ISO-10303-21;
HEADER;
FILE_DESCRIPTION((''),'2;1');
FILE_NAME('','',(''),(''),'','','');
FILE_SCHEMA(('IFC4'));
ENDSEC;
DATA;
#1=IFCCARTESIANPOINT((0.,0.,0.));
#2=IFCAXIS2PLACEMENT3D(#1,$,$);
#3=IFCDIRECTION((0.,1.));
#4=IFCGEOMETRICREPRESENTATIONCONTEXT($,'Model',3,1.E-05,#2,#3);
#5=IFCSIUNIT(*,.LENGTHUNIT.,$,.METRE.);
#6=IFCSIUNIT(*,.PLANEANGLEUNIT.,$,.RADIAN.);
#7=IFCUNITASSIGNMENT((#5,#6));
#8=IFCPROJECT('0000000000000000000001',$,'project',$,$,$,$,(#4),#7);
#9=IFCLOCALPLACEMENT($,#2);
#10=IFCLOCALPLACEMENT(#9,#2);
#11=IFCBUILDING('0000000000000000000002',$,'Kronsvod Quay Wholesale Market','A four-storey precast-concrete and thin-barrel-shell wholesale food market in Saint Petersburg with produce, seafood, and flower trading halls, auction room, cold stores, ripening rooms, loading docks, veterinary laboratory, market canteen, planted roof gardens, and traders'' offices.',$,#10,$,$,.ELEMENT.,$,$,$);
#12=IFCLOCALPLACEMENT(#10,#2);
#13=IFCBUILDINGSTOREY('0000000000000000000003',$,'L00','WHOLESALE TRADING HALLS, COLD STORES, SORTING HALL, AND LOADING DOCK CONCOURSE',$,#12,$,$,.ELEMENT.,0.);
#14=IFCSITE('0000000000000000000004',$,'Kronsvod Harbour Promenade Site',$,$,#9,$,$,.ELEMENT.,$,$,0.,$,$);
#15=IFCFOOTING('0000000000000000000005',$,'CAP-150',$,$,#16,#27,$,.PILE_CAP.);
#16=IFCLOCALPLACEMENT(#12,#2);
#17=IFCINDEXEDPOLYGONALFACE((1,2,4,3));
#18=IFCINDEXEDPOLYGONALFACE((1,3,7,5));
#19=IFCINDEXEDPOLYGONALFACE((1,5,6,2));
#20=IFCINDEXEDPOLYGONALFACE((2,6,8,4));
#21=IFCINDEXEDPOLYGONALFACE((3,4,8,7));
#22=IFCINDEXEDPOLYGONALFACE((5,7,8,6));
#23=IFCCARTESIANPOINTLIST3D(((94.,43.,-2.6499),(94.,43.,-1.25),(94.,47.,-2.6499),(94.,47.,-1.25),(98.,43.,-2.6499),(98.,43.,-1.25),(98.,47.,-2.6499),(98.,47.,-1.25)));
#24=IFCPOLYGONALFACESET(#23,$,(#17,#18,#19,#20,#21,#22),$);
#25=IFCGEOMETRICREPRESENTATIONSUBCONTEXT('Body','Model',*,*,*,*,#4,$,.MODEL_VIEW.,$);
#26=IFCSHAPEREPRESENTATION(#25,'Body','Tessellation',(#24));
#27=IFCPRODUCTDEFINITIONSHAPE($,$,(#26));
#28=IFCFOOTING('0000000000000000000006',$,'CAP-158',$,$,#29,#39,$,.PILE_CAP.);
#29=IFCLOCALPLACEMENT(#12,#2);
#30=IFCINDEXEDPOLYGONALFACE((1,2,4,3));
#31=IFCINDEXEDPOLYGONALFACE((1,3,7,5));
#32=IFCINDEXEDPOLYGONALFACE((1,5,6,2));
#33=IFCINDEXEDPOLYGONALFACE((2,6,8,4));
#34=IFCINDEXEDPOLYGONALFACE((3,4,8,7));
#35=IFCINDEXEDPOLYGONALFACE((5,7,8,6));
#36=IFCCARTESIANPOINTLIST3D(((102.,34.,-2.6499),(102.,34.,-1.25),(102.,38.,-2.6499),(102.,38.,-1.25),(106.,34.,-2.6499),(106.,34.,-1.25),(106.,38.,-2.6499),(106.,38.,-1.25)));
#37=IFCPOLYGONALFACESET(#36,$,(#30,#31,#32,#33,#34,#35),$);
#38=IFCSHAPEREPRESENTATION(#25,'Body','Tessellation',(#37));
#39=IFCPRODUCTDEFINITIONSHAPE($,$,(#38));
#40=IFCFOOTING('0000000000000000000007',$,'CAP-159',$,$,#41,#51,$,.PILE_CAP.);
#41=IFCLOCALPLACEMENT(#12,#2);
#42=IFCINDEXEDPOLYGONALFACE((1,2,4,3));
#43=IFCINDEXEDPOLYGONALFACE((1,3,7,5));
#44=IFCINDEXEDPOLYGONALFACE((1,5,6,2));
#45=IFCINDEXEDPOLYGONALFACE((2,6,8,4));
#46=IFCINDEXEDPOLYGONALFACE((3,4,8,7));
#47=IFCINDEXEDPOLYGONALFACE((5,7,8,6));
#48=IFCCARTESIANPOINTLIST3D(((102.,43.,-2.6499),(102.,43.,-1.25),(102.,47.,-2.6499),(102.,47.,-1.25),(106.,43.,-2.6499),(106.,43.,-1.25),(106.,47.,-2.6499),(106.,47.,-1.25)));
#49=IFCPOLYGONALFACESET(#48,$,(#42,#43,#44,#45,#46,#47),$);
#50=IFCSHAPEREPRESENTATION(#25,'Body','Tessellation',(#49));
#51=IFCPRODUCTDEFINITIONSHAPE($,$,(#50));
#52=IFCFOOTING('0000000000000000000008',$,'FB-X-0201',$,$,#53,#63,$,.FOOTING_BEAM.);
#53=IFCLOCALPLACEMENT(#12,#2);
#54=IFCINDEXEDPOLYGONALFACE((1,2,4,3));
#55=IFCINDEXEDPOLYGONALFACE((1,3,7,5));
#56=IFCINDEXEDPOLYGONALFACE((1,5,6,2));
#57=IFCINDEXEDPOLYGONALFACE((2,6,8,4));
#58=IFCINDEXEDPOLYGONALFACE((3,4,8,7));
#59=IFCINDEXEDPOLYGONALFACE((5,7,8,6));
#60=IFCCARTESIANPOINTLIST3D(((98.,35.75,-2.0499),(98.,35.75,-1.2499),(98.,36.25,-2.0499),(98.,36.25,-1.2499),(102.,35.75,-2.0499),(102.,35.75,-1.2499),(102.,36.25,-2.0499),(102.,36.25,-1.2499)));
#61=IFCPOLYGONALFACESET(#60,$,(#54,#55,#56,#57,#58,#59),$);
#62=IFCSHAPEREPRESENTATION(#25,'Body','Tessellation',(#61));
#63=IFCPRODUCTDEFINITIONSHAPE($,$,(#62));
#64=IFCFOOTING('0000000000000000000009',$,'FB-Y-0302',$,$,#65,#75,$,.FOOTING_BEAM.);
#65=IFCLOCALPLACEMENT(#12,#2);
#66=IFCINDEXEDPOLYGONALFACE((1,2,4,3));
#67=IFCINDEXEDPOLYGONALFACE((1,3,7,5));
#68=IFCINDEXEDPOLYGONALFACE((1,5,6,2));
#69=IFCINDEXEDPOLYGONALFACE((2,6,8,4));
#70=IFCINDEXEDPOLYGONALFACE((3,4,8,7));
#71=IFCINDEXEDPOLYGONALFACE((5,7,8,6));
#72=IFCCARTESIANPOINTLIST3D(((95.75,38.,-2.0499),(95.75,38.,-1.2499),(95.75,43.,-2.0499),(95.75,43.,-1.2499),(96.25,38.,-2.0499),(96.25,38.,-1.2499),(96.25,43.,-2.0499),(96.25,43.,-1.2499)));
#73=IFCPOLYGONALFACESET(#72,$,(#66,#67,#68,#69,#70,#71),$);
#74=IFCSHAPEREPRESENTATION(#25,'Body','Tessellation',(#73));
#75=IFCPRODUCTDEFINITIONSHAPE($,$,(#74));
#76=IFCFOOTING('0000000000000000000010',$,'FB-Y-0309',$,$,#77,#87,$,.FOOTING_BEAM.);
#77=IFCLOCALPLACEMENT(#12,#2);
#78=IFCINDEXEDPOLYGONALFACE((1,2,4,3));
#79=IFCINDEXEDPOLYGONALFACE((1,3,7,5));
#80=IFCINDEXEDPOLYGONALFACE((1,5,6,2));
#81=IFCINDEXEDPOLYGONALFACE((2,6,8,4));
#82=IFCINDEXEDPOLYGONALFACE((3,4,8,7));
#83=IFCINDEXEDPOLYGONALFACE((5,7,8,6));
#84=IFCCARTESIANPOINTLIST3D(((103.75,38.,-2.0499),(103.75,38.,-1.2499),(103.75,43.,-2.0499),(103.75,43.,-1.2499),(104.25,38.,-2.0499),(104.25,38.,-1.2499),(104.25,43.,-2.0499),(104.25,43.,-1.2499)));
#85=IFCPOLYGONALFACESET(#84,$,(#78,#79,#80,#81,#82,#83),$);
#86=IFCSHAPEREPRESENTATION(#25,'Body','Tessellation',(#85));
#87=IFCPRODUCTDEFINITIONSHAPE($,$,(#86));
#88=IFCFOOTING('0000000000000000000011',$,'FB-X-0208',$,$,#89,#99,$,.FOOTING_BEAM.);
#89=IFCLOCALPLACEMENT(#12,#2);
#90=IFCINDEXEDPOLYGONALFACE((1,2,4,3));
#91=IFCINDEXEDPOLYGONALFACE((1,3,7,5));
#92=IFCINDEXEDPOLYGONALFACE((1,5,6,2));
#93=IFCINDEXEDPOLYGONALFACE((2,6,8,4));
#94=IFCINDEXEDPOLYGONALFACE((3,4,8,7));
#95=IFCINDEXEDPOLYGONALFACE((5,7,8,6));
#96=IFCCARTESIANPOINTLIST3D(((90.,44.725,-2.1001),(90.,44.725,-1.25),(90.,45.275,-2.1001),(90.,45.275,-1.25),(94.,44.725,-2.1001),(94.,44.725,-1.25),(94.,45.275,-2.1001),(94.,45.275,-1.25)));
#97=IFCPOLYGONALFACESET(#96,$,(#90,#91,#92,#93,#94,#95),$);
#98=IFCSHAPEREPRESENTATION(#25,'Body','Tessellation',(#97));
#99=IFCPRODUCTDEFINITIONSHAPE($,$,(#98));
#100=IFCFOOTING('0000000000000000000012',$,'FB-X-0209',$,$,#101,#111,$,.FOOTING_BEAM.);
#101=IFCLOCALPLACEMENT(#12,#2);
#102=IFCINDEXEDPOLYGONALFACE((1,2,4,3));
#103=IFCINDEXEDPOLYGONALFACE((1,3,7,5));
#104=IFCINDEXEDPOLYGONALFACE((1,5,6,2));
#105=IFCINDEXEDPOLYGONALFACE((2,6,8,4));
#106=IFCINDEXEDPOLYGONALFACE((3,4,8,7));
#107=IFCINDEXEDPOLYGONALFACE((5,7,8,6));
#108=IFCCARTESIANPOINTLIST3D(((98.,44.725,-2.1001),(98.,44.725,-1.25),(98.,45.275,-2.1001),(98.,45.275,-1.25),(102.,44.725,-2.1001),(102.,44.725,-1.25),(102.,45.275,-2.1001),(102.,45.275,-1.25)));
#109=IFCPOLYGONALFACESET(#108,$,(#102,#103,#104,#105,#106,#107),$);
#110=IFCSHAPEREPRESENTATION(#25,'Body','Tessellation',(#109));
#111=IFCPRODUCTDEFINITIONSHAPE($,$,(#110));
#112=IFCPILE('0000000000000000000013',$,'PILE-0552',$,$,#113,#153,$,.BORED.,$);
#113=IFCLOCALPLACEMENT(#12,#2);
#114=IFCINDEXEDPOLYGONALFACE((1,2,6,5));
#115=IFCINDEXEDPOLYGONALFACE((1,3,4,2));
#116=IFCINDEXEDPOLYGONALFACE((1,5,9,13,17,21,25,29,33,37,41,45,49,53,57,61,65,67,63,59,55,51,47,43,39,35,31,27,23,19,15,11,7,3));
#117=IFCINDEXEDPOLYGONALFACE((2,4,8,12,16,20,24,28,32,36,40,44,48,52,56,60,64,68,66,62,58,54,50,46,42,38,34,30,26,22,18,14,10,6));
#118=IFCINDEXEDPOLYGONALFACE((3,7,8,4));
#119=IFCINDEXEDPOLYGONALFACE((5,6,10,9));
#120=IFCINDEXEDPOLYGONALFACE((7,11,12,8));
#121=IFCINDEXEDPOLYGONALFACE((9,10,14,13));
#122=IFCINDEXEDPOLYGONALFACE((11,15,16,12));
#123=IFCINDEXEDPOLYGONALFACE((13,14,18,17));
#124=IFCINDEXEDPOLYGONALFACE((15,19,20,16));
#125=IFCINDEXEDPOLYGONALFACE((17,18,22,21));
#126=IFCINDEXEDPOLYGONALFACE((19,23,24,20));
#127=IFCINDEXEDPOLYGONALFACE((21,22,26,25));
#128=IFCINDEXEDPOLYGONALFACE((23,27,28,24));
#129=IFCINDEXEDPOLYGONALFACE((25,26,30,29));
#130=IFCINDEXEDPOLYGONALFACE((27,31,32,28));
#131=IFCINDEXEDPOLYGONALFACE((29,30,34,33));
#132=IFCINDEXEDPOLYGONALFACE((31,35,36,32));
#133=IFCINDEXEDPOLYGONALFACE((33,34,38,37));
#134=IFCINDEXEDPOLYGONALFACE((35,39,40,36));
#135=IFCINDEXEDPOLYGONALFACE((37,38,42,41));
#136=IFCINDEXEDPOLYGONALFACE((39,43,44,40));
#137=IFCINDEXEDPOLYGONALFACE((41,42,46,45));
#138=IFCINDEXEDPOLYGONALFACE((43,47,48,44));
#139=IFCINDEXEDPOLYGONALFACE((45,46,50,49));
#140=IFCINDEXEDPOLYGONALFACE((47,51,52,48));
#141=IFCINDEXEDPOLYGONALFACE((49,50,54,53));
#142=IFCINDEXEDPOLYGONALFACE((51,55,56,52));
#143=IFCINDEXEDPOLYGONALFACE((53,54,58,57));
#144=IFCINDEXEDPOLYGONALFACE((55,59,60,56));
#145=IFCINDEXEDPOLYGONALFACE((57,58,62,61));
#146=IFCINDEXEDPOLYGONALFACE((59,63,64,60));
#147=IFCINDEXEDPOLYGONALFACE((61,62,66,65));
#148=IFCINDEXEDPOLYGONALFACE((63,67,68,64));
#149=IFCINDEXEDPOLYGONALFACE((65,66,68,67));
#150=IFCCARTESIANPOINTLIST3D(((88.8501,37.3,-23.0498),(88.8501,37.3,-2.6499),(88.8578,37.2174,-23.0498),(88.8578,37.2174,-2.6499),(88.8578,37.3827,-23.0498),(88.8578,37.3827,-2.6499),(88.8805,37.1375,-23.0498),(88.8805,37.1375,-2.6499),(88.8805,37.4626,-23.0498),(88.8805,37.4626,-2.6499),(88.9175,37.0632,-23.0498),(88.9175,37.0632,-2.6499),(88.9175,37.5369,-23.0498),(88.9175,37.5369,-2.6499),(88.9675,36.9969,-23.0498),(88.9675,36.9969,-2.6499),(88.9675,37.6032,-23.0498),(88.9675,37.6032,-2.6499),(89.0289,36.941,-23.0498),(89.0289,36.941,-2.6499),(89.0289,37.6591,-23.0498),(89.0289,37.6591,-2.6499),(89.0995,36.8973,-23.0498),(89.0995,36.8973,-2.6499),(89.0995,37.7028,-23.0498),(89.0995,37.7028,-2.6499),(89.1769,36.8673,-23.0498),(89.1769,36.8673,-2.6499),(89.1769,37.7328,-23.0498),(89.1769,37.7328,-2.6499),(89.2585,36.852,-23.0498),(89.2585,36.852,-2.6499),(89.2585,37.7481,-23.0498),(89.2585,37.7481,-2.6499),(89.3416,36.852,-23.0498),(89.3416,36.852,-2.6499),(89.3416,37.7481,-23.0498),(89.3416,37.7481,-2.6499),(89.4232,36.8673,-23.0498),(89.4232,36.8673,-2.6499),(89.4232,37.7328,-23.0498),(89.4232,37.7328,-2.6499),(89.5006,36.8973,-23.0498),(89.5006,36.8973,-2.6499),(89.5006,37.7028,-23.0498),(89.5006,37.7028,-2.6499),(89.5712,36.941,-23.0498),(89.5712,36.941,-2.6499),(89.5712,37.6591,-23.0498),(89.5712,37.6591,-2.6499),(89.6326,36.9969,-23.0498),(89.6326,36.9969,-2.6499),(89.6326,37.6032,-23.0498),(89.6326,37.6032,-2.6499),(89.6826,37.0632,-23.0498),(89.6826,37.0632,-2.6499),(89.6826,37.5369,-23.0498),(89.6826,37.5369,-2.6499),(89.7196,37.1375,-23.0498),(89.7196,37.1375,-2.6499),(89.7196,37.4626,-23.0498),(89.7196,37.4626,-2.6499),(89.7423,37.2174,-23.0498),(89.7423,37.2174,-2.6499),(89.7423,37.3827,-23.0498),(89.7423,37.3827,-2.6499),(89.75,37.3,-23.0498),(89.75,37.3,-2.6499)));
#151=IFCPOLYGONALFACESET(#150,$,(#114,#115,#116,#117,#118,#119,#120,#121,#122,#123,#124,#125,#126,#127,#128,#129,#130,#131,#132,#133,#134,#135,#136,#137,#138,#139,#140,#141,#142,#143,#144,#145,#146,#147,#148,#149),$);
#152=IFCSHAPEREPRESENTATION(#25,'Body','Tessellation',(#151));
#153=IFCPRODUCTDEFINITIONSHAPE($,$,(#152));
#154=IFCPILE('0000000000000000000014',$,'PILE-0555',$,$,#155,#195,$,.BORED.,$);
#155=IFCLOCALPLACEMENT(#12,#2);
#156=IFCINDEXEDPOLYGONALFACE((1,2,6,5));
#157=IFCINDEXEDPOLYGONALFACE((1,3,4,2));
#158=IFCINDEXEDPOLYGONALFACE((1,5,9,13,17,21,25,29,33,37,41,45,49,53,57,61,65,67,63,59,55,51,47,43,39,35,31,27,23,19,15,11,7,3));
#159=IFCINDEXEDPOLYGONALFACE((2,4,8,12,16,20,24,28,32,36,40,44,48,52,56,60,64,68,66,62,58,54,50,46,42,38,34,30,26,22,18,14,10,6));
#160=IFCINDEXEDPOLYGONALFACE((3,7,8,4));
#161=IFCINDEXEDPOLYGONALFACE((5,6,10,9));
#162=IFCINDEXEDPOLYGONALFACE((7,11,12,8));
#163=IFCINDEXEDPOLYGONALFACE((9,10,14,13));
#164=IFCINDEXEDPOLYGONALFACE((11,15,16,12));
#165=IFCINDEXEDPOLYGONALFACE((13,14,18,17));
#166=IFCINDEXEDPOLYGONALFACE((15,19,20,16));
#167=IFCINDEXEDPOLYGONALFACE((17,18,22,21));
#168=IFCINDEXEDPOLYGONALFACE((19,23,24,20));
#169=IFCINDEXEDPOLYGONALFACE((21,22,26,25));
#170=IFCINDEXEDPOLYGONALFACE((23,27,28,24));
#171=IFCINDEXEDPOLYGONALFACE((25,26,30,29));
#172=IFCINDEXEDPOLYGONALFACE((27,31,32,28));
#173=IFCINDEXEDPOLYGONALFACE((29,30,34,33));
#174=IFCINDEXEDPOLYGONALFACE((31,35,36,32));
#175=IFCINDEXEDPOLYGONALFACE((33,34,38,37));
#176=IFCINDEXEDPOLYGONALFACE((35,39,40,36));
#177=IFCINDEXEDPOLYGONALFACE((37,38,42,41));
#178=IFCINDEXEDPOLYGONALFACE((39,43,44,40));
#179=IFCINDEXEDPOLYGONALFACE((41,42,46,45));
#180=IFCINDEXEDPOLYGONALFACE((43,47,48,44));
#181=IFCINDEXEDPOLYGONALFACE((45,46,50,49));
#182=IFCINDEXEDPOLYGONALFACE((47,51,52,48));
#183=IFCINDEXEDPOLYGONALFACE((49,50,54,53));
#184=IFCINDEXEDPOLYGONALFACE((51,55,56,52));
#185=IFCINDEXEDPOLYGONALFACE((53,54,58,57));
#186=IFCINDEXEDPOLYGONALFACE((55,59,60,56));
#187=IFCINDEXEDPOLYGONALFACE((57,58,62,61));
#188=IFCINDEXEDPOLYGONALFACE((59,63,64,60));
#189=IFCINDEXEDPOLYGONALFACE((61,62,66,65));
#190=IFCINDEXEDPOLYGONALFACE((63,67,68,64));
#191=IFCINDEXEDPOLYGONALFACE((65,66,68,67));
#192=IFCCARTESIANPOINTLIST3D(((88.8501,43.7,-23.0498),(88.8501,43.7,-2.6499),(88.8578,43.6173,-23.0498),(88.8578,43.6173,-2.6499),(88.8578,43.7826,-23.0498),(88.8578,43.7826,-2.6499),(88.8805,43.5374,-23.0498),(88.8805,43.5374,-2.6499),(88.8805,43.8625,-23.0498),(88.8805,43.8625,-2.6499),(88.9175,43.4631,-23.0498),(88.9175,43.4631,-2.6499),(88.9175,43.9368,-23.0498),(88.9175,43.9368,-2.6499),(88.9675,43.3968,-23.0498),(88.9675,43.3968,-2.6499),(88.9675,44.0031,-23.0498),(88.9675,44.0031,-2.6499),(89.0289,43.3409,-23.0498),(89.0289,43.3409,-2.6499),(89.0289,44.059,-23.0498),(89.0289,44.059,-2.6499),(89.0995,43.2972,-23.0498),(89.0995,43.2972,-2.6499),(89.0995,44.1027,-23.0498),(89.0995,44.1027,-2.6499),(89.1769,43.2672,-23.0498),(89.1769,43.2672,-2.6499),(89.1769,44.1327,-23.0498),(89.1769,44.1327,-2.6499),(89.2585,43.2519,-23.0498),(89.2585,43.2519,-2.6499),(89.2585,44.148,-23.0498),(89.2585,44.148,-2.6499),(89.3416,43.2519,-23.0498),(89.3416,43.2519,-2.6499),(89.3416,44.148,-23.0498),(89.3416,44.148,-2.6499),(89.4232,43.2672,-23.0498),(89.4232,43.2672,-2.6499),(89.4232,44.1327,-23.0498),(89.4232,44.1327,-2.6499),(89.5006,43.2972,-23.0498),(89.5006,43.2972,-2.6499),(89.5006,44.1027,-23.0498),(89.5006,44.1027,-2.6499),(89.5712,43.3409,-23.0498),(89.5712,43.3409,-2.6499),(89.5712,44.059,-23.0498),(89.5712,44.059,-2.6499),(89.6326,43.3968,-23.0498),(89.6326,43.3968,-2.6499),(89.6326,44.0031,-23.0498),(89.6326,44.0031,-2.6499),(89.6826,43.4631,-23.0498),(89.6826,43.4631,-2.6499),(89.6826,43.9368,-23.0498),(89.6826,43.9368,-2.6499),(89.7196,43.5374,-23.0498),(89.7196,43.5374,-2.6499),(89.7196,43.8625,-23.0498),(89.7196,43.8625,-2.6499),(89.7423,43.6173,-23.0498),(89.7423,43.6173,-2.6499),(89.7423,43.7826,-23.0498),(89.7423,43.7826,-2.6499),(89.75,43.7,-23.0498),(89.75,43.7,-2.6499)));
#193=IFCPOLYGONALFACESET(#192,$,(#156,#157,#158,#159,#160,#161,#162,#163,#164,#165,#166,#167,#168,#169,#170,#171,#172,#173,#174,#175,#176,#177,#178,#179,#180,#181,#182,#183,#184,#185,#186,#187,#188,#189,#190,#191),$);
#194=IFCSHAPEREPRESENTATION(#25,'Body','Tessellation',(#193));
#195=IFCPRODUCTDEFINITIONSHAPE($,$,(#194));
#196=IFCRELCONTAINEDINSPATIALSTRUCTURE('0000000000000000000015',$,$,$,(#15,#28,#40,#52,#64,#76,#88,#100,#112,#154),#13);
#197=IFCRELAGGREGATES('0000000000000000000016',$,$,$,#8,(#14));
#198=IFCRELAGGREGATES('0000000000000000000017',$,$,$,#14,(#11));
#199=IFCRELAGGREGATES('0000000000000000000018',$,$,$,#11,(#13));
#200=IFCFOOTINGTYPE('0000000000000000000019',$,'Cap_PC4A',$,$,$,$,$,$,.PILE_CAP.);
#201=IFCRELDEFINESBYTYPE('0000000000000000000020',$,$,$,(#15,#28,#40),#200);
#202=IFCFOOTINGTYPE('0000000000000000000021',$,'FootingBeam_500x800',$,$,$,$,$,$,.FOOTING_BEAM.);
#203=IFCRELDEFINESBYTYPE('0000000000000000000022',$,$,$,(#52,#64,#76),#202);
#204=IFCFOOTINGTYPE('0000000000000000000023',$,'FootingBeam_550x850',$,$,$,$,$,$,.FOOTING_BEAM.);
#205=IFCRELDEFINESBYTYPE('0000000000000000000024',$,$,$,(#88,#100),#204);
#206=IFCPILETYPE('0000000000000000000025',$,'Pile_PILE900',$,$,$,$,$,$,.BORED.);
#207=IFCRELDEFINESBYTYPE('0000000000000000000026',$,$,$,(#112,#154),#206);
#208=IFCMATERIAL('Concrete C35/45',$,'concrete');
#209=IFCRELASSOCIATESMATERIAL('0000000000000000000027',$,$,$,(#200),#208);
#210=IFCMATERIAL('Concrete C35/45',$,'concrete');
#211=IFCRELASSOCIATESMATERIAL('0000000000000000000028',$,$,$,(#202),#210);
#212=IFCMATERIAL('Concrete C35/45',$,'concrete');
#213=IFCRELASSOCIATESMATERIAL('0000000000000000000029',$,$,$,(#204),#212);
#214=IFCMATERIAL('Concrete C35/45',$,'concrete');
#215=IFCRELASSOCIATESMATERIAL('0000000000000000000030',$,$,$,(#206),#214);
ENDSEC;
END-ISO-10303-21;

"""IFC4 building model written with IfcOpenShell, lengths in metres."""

from ifc_helpers import new_model, si_unit, direction, frame, origin, origin_2d, place, context, subcontext, project, spatial, rectangle, circle, extrude, material, material_profile, profile_set, type_object, element, save


model = new_model("IFC4")

# Units and contexts
model_context = context("Model", 3, precision=1e-05, world=origin(), true_north=direction((0.0, 1.0)))
body_context = subcontext(model_context, "Body", "Model", "MODEL_VIEW")
ifc_project = project(units=[si_unit("LENGTHUNIT", "METRE"), si_unit("PLANEANGLEUNIT", "RADIAN")], contexts=[model_context])

# Site, building, storey
site_placement = place(None, origin())
site = spatial("IfcSite", under=ifc_project, at=site_placement, Name="Kronsvod Harbour Promenade Site", CompositionType="ELEMENT", RefElevation=0.0)
building_placement = place(site_placement, origin())
building = spatial("IfcBuilding", under=site, at=building_placement, Name="Kronsvod Quay Wholesale Market", Description="A four-storey precast-concrete and thin-barrel-shell wholesale food market in Saint Petersburg with produce, seafood, and flower trading halls, auction room, cold stores, ripening rooms, loading docks, veterinary laboratory, market canteen, planted roof gardens, and traders' offices.", CompositionType="ELEMENT")
storey_placement = place(building_placement, origin())
storey = spatial("IfcBuildingStorey", under=building, at=storey_placement, Name="L00", Description="WHOLESALE TRADING HALLS, COLD STORES, SORTING HALL, AND LOADING DOCK CONCOURSE", CompositionType="ELEMENT", Elevation=0.0)

# Footings
ifc_material_1 = material(Name="Concrete C35/45", Category="concrete")
footing_type_1 = type_object("IfcFootingType", Name="Cap_PC4A", PredefinedType="PILE_CAP", material=ifc_material_1)
for number, where, z_axis, x_axis, name in (
    (1, (96.0, 45.0, -2.6499), (0.0, 0.0, 1.0), (1.0, 0.0, 0.0), "CAP-150"),
    (2, (104.0, 36.0, -2.6499), (0.0, 0.0, 1.0), (1.0, 0.0, 0.0), "CAP-158"),
    (3, (104.0, 45.0, -2.6499), (0.0, 0.0, 1.0), (1.0, 0.0, 0.0), "CAP-159"),
):
    element("IfcFooting", number, at=place(storey_placement, frame(where, z_axis=z_axis, x_axis=x_axis)), inside=storey, type_object=footing_type_1, Name=name, PredefinedType="PILE_CAP", context=body_context, shape_type="SweptSolid", body=[
        extrude(rectangle(XDim=4.0, YDim=4.0, at=origin_2d()), origin(), (0.0, 0.0, 1.0), 1.3999),
    ])
ifc_material_2 = material(Name="Concrete C35/45", Category="concrete")
ifc_material_profile_1 = material_profile(ifc_material_2, rectangle(XDim=0.5, YDim=0.8, at=origin_2d()), Name="FB-01")
ifc_profile_set_1 = profile_set([ifc_material_profile_1], Name="Concrete C35/45")
footing_type_2 = type_object("IfcFootingType", Name="FootingBeam_500x800", PredefinedType="FOOTING_BEAM", material=ifc_profile_set_1)
footing_placement = place(storey_placement, frame((98.0, 36.0, -1.6499), z_axis=(1.0, 0.0, 0.0), x_axis=(0.0, 1.0, 0.0)))
element("IfcFooting", 4, at=footing_placement, inside=storey, type_object=footing_type_2, Name="FB-X-0201", PredefinedType="FOOTING_BEAM", context=body_context, shape_type="SweptSolid", body=[
    extrude(rectangle(XDim=0.5, YDim=0.8, at=origin_2d()), origin(), (0.0, 0.0, 1.0), 4.0),
])
for number, where, z_axis, x_axis, name in (
    (5, (96.0, 38.0, -1.6499), (0.0, 1.0, 0.0), (-1.0, 0.0, 0.0), "FB-Y-0302"),
    (6, (104.0, 38.0, -1.6499), (0.0, 1.0, 0.0), (-1.0, 0.0, 0.0), "FB-Y-0309"),
):
    element("IfcFooting", number, at=place(storey_placement, frame(where, z_axis=z_axis, x_axis=x_axis)), inside=storey, type_object=footing_type_2, Name=name, PredefinedType="FOOTING_BEAM", context=body_context, shape_type="SweptSolid", body=[
        extrude(rectangle(XDim=0.5, YDim=0.8, at=origin_2d()), origin(), (0.0, 0.0, 1.0), 5.0),
    ])
ifc_material_3 = material(Name="Concrete C35/45", Category="concrete")
ifc_material_profile_2 = material_profile(ifc_material_3, rectangle(XDim=0.55, YDim=0.8501, at=origin_2d()), Name="FB-03")
ifc_profile_set_2 = profile_set([ifc_material_profile_2], Name="Concrete C35/45")
footing_type_3 = type_object("IfcFootingType", Name="FootingBeam_550x850", PredefinedType="FOOTING_BEAM", material=ifc_profile_set_2)
for number, where, z_axis, x_axis, name in (
    (7, (90.0, 45.0, -1.675), (1.0, 0.0, 0.0), (0.0, 1.0, 0.0), "FB-X-0208"),
    (8, (98.0, 45.0, -1.675), (1.0, 0.0, 0.0), (0.0, 1.0, 0.0), "FB-X-0209"),
):
    element("IfcFooting", number, at=place(storey_placement, frame(where, z_axis=z_axis, x_axis=x_axis)), inside=storey, type_object=footing_type_3, Name=name, PredefinedType="FOOTING_BEAM", context=body_context, shape_type="SweptSolid", body=[
        extrude(rectangle(XDim=0.55, YDim=0.8501, at=origin_2d()), origin(), (0.0, 0.0, 1.0), 4.0),
    ])

# Piles
ifc_material_4 = material(Name="Concrete C35/45", Category="concrete")
ifc_material_profile_3 = material_profile(ifc_material_4, circle(Radius=0.45, at=origin_2d()), Name="PILE900")
ifc_profile_set_3 = profile_set([ifc_material_profile_3], Name="Concrete C35/45")
pile_type = type_object("IfcPileType", Name="Pile_PILE900", PredefinedType="BORED", material=ifc_profile_set_3)
for number, where, z_axis, x_axis, name in (
    (9, (89.3, 37.3, -2.6499), (0.0, 0.0, -1.0), (1.0, 0.0, 0.0), "PILE-0552"),
    (10, (89.3, 43.7, -2.6499), (0.0, 0.0, -1.0), (1.0, 0.0, 0.0), "PILE-0555"),
):
    element("IfcPile", number, at=place(storey_placement, frame(where, z_axis=z_axis, x_axis=x_axis)), inside=storey, type_object=pile_type, Name=name, PredefinedType="BORED", context=body_context, shape_type="SweptSolid", body=[
        extrude(circle(Radius=0.45, at=origin_2d()), origin(), (0.0, 0.0, 1.0), 20.3999),
    ])

save(model, "model.ifc")
